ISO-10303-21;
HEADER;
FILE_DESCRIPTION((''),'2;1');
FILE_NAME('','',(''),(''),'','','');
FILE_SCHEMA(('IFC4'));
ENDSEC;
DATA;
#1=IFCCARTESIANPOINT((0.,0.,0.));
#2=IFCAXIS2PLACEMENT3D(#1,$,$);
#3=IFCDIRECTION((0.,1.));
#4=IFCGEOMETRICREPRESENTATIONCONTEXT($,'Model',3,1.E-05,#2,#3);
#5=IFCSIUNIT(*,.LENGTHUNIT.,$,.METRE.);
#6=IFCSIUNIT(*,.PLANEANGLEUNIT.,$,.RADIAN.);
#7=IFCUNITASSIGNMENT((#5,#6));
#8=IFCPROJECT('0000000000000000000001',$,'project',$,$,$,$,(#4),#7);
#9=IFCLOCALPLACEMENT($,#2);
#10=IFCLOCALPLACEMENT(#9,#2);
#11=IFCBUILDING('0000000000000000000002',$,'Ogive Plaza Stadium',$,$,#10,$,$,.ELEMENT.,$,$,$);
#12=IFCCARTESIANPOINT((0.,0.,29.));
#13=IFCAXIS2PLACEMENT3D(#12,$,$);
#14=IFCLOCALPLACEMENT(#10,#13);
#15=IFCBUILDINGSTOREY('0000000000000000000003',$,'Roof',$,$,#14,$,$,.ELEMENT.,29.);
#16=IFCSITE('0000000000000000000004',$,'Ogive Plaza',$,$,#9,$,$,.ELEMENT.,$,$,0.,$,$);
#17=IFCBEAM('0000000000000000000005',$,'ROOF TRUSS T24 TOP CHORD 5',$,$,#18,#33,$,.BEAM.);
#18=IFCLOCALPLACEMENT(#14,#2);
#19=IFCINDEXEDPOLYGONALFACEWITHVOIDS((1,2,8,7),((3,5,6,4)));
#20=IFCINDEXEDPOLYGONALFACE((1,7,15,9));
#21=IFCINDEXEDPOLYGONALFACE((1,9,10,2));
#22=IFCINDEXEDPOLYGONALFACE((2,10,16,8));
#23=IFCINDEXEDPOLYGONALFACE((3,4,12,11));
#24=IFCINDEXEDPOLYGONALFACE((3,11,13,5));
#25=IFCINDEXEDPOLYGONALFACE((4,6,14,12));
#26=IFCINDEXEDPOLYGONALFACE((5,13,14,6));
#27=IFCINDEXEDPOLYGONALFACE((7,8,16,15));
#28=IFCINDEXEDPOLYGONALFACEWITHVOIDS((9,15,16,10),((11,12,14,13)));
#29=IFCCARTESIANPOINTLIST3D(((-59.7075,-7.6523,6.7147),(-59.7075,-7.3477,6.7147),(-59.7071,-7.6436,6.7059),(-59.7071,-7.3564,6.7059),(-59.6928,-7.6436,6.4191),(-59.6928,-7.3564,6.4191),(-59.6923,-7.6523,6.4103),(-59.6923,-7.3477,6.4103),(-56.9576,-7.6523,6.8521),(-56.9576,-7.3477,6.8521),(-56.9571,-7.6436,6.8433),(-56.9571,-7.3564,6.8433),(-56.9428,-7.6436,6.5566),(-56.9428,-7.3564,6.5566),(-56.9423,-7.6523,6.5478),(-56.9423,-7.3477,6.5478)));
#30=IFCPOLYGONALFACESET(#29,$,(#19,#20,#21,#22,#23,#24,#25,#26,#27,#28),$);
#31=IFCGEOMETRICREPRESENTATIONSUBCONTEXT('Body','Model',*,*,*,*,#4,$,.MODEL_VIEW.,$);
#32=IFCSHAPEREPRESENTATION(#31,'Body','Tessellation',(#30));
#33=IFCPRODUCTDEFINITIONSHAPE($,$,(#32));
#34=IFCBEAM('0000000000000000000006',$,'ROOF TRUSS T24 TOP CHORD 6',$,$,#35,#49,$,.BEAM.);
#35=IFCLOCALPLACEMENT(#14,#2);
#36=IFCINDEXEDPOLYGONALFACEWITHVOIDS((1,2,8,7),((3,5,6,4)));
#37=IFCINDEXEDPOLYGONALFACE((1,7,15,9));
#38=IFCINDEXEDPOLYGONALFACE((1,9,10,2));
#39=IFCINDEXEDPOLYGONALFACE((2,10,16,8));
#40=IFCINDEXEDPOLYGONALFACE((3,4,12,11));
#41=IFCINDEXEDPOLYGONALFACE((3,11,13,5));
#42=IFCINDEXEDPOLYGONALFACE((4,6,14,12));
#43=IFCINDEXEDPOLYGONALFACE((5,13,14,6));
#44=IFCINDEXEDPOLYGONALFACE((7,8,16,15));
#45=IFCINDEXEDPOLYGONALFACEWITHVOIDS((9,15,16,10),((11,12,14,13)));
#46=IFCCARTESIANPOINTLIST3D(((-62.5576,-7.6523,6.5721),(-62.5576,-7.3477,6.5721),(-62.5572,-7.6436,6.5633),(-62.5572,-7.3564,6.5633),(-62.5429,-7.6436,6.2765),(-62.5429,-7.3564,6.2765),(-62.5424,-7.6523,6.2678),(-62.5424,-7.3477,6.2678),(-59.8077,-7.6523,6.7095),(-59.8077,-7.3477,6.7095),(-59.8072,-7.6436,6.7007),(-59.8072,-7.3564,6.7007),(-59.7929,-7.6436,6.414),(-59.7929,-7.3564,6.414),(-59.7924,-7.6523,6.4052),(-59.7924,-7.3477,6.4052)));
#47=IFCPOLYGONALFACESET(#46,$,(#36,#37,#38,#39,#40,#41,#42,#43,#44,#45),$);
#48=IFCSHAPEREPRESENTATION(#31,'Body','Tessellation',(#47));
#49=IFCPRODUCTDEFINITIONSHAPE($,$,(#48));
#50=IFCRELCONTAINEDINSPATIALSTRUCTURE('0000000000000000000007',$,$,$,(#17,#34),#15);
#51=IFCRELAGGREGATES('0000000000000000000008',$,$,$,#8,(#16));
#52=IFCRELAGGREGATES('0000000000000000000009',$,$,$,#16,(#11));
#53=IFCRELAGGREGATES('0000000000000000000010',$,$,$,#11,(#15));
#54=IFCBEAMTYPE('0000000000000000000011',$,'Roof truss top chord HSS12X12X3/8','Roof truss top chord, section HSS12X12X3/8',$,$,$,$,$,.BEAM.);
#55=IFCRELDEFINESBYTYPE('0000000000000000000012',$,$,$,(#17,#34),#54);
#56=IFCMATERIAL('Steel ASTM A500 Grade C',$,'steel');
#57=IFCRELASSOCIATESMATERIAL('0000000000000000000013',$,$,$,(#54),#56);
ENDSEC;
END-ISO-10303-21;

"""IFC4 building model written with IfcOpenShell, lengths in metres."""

from ifc_helpers import new_model, si_unit, direction, frame, origin, origin_2d, place, context, subcontext, project, spatial, hollow_rectangle, extrude, material, material_profile, profile_set, type_object, element, save


model = new_model("IFC4")

# Units and contexts
model_context = context("Model", 3, precision=1e-05, world=origin(), true_north=direction((0.0, 1.0)))
body_context = subcontext(model_context, "Body", "Model", "MODEL_VIEW")
ifc_project = project(units=[si_unit("LENGTHUNIT", "METRE"), si_unit("PLANEANGLEUNIT", "RADIAN")], contexts=[model_context])

# Site, building, storey
site_placement = place(None, origin())
site = spatial("IfcSite", under=ifc_project, at=site_placement, Name="Ogive Plaza", CompositionType="ELEMENT", RefElevation=0.0)
building_placement = place(site_placement, origin())
building = spatial("IfcBuilding", under=site, at=building_placement, Name="Ogive Plaza Stadium", CompositionType="ELEMENT")
storey_placement = place(building_placement, frame((0.0, 0.0, 29.0)))
storey = spatial("IfcBuildingStorey", under=building, at=storey_placement, Name="Roof", CompositionType="ELEMENT", Elevation=29.0)

# Beams
ifc_material_1 = material(Name="Steel ASTM A500 Grade C", Category="steel")
ifc_material_profile_1 = material_profile(ifc_material_1, hollow_rectangle(XDim=0.3047, YDim=0.3047, WallThickness=0.0088, at=origin_2d()), Name="HSS12X12X3/8")
ifc_profile_set_1 = profile_set([ifc_material_profile_1], Name="Steel ASTM A500 Grade C")
beam_type_1 = type_object("IfcBeamType", Name="Roof truss top chord HSS12X12X3/8", Description="Roof truss top chord, section HSS12X12X3/8", PredefinedType="BEAM", material=ifc_profile_set_1)
for number, where, z_axis, x_axis, name in (
    (1, (-56.95, -7.5, 6.7), (-0.998753, 0.0, -0.04992), (0.0, -1.0, 0.0), "ROOF TRUSS T24 TOP CHORD 5"),
    (2, (-59.8, -7.5, 6.5574), (-0.998753, 0.0, -0.04992), (0.0, -1.0, 0.0), "ROOF TRUSS T24 TOP CHORD 6"),
):
    element("IfcBeam", number, at=place(storey_placement, frame(where, z_axis=z_axis, x_axis=x_axis)), inside=storey, type_object=beam_type_1, Name=name, PredefinedType="BEAM", context=body_context, shape_type="SweptSolid", body=[
        extrude(hollow_rectangle(XDim=0.3047, YDim=0.3047, WallThickness=0.0088, at=origin_2d()), origin(), (0.0, 0.0, 1.0), 2.7534),
    ])

save(model, "model.ifc")
